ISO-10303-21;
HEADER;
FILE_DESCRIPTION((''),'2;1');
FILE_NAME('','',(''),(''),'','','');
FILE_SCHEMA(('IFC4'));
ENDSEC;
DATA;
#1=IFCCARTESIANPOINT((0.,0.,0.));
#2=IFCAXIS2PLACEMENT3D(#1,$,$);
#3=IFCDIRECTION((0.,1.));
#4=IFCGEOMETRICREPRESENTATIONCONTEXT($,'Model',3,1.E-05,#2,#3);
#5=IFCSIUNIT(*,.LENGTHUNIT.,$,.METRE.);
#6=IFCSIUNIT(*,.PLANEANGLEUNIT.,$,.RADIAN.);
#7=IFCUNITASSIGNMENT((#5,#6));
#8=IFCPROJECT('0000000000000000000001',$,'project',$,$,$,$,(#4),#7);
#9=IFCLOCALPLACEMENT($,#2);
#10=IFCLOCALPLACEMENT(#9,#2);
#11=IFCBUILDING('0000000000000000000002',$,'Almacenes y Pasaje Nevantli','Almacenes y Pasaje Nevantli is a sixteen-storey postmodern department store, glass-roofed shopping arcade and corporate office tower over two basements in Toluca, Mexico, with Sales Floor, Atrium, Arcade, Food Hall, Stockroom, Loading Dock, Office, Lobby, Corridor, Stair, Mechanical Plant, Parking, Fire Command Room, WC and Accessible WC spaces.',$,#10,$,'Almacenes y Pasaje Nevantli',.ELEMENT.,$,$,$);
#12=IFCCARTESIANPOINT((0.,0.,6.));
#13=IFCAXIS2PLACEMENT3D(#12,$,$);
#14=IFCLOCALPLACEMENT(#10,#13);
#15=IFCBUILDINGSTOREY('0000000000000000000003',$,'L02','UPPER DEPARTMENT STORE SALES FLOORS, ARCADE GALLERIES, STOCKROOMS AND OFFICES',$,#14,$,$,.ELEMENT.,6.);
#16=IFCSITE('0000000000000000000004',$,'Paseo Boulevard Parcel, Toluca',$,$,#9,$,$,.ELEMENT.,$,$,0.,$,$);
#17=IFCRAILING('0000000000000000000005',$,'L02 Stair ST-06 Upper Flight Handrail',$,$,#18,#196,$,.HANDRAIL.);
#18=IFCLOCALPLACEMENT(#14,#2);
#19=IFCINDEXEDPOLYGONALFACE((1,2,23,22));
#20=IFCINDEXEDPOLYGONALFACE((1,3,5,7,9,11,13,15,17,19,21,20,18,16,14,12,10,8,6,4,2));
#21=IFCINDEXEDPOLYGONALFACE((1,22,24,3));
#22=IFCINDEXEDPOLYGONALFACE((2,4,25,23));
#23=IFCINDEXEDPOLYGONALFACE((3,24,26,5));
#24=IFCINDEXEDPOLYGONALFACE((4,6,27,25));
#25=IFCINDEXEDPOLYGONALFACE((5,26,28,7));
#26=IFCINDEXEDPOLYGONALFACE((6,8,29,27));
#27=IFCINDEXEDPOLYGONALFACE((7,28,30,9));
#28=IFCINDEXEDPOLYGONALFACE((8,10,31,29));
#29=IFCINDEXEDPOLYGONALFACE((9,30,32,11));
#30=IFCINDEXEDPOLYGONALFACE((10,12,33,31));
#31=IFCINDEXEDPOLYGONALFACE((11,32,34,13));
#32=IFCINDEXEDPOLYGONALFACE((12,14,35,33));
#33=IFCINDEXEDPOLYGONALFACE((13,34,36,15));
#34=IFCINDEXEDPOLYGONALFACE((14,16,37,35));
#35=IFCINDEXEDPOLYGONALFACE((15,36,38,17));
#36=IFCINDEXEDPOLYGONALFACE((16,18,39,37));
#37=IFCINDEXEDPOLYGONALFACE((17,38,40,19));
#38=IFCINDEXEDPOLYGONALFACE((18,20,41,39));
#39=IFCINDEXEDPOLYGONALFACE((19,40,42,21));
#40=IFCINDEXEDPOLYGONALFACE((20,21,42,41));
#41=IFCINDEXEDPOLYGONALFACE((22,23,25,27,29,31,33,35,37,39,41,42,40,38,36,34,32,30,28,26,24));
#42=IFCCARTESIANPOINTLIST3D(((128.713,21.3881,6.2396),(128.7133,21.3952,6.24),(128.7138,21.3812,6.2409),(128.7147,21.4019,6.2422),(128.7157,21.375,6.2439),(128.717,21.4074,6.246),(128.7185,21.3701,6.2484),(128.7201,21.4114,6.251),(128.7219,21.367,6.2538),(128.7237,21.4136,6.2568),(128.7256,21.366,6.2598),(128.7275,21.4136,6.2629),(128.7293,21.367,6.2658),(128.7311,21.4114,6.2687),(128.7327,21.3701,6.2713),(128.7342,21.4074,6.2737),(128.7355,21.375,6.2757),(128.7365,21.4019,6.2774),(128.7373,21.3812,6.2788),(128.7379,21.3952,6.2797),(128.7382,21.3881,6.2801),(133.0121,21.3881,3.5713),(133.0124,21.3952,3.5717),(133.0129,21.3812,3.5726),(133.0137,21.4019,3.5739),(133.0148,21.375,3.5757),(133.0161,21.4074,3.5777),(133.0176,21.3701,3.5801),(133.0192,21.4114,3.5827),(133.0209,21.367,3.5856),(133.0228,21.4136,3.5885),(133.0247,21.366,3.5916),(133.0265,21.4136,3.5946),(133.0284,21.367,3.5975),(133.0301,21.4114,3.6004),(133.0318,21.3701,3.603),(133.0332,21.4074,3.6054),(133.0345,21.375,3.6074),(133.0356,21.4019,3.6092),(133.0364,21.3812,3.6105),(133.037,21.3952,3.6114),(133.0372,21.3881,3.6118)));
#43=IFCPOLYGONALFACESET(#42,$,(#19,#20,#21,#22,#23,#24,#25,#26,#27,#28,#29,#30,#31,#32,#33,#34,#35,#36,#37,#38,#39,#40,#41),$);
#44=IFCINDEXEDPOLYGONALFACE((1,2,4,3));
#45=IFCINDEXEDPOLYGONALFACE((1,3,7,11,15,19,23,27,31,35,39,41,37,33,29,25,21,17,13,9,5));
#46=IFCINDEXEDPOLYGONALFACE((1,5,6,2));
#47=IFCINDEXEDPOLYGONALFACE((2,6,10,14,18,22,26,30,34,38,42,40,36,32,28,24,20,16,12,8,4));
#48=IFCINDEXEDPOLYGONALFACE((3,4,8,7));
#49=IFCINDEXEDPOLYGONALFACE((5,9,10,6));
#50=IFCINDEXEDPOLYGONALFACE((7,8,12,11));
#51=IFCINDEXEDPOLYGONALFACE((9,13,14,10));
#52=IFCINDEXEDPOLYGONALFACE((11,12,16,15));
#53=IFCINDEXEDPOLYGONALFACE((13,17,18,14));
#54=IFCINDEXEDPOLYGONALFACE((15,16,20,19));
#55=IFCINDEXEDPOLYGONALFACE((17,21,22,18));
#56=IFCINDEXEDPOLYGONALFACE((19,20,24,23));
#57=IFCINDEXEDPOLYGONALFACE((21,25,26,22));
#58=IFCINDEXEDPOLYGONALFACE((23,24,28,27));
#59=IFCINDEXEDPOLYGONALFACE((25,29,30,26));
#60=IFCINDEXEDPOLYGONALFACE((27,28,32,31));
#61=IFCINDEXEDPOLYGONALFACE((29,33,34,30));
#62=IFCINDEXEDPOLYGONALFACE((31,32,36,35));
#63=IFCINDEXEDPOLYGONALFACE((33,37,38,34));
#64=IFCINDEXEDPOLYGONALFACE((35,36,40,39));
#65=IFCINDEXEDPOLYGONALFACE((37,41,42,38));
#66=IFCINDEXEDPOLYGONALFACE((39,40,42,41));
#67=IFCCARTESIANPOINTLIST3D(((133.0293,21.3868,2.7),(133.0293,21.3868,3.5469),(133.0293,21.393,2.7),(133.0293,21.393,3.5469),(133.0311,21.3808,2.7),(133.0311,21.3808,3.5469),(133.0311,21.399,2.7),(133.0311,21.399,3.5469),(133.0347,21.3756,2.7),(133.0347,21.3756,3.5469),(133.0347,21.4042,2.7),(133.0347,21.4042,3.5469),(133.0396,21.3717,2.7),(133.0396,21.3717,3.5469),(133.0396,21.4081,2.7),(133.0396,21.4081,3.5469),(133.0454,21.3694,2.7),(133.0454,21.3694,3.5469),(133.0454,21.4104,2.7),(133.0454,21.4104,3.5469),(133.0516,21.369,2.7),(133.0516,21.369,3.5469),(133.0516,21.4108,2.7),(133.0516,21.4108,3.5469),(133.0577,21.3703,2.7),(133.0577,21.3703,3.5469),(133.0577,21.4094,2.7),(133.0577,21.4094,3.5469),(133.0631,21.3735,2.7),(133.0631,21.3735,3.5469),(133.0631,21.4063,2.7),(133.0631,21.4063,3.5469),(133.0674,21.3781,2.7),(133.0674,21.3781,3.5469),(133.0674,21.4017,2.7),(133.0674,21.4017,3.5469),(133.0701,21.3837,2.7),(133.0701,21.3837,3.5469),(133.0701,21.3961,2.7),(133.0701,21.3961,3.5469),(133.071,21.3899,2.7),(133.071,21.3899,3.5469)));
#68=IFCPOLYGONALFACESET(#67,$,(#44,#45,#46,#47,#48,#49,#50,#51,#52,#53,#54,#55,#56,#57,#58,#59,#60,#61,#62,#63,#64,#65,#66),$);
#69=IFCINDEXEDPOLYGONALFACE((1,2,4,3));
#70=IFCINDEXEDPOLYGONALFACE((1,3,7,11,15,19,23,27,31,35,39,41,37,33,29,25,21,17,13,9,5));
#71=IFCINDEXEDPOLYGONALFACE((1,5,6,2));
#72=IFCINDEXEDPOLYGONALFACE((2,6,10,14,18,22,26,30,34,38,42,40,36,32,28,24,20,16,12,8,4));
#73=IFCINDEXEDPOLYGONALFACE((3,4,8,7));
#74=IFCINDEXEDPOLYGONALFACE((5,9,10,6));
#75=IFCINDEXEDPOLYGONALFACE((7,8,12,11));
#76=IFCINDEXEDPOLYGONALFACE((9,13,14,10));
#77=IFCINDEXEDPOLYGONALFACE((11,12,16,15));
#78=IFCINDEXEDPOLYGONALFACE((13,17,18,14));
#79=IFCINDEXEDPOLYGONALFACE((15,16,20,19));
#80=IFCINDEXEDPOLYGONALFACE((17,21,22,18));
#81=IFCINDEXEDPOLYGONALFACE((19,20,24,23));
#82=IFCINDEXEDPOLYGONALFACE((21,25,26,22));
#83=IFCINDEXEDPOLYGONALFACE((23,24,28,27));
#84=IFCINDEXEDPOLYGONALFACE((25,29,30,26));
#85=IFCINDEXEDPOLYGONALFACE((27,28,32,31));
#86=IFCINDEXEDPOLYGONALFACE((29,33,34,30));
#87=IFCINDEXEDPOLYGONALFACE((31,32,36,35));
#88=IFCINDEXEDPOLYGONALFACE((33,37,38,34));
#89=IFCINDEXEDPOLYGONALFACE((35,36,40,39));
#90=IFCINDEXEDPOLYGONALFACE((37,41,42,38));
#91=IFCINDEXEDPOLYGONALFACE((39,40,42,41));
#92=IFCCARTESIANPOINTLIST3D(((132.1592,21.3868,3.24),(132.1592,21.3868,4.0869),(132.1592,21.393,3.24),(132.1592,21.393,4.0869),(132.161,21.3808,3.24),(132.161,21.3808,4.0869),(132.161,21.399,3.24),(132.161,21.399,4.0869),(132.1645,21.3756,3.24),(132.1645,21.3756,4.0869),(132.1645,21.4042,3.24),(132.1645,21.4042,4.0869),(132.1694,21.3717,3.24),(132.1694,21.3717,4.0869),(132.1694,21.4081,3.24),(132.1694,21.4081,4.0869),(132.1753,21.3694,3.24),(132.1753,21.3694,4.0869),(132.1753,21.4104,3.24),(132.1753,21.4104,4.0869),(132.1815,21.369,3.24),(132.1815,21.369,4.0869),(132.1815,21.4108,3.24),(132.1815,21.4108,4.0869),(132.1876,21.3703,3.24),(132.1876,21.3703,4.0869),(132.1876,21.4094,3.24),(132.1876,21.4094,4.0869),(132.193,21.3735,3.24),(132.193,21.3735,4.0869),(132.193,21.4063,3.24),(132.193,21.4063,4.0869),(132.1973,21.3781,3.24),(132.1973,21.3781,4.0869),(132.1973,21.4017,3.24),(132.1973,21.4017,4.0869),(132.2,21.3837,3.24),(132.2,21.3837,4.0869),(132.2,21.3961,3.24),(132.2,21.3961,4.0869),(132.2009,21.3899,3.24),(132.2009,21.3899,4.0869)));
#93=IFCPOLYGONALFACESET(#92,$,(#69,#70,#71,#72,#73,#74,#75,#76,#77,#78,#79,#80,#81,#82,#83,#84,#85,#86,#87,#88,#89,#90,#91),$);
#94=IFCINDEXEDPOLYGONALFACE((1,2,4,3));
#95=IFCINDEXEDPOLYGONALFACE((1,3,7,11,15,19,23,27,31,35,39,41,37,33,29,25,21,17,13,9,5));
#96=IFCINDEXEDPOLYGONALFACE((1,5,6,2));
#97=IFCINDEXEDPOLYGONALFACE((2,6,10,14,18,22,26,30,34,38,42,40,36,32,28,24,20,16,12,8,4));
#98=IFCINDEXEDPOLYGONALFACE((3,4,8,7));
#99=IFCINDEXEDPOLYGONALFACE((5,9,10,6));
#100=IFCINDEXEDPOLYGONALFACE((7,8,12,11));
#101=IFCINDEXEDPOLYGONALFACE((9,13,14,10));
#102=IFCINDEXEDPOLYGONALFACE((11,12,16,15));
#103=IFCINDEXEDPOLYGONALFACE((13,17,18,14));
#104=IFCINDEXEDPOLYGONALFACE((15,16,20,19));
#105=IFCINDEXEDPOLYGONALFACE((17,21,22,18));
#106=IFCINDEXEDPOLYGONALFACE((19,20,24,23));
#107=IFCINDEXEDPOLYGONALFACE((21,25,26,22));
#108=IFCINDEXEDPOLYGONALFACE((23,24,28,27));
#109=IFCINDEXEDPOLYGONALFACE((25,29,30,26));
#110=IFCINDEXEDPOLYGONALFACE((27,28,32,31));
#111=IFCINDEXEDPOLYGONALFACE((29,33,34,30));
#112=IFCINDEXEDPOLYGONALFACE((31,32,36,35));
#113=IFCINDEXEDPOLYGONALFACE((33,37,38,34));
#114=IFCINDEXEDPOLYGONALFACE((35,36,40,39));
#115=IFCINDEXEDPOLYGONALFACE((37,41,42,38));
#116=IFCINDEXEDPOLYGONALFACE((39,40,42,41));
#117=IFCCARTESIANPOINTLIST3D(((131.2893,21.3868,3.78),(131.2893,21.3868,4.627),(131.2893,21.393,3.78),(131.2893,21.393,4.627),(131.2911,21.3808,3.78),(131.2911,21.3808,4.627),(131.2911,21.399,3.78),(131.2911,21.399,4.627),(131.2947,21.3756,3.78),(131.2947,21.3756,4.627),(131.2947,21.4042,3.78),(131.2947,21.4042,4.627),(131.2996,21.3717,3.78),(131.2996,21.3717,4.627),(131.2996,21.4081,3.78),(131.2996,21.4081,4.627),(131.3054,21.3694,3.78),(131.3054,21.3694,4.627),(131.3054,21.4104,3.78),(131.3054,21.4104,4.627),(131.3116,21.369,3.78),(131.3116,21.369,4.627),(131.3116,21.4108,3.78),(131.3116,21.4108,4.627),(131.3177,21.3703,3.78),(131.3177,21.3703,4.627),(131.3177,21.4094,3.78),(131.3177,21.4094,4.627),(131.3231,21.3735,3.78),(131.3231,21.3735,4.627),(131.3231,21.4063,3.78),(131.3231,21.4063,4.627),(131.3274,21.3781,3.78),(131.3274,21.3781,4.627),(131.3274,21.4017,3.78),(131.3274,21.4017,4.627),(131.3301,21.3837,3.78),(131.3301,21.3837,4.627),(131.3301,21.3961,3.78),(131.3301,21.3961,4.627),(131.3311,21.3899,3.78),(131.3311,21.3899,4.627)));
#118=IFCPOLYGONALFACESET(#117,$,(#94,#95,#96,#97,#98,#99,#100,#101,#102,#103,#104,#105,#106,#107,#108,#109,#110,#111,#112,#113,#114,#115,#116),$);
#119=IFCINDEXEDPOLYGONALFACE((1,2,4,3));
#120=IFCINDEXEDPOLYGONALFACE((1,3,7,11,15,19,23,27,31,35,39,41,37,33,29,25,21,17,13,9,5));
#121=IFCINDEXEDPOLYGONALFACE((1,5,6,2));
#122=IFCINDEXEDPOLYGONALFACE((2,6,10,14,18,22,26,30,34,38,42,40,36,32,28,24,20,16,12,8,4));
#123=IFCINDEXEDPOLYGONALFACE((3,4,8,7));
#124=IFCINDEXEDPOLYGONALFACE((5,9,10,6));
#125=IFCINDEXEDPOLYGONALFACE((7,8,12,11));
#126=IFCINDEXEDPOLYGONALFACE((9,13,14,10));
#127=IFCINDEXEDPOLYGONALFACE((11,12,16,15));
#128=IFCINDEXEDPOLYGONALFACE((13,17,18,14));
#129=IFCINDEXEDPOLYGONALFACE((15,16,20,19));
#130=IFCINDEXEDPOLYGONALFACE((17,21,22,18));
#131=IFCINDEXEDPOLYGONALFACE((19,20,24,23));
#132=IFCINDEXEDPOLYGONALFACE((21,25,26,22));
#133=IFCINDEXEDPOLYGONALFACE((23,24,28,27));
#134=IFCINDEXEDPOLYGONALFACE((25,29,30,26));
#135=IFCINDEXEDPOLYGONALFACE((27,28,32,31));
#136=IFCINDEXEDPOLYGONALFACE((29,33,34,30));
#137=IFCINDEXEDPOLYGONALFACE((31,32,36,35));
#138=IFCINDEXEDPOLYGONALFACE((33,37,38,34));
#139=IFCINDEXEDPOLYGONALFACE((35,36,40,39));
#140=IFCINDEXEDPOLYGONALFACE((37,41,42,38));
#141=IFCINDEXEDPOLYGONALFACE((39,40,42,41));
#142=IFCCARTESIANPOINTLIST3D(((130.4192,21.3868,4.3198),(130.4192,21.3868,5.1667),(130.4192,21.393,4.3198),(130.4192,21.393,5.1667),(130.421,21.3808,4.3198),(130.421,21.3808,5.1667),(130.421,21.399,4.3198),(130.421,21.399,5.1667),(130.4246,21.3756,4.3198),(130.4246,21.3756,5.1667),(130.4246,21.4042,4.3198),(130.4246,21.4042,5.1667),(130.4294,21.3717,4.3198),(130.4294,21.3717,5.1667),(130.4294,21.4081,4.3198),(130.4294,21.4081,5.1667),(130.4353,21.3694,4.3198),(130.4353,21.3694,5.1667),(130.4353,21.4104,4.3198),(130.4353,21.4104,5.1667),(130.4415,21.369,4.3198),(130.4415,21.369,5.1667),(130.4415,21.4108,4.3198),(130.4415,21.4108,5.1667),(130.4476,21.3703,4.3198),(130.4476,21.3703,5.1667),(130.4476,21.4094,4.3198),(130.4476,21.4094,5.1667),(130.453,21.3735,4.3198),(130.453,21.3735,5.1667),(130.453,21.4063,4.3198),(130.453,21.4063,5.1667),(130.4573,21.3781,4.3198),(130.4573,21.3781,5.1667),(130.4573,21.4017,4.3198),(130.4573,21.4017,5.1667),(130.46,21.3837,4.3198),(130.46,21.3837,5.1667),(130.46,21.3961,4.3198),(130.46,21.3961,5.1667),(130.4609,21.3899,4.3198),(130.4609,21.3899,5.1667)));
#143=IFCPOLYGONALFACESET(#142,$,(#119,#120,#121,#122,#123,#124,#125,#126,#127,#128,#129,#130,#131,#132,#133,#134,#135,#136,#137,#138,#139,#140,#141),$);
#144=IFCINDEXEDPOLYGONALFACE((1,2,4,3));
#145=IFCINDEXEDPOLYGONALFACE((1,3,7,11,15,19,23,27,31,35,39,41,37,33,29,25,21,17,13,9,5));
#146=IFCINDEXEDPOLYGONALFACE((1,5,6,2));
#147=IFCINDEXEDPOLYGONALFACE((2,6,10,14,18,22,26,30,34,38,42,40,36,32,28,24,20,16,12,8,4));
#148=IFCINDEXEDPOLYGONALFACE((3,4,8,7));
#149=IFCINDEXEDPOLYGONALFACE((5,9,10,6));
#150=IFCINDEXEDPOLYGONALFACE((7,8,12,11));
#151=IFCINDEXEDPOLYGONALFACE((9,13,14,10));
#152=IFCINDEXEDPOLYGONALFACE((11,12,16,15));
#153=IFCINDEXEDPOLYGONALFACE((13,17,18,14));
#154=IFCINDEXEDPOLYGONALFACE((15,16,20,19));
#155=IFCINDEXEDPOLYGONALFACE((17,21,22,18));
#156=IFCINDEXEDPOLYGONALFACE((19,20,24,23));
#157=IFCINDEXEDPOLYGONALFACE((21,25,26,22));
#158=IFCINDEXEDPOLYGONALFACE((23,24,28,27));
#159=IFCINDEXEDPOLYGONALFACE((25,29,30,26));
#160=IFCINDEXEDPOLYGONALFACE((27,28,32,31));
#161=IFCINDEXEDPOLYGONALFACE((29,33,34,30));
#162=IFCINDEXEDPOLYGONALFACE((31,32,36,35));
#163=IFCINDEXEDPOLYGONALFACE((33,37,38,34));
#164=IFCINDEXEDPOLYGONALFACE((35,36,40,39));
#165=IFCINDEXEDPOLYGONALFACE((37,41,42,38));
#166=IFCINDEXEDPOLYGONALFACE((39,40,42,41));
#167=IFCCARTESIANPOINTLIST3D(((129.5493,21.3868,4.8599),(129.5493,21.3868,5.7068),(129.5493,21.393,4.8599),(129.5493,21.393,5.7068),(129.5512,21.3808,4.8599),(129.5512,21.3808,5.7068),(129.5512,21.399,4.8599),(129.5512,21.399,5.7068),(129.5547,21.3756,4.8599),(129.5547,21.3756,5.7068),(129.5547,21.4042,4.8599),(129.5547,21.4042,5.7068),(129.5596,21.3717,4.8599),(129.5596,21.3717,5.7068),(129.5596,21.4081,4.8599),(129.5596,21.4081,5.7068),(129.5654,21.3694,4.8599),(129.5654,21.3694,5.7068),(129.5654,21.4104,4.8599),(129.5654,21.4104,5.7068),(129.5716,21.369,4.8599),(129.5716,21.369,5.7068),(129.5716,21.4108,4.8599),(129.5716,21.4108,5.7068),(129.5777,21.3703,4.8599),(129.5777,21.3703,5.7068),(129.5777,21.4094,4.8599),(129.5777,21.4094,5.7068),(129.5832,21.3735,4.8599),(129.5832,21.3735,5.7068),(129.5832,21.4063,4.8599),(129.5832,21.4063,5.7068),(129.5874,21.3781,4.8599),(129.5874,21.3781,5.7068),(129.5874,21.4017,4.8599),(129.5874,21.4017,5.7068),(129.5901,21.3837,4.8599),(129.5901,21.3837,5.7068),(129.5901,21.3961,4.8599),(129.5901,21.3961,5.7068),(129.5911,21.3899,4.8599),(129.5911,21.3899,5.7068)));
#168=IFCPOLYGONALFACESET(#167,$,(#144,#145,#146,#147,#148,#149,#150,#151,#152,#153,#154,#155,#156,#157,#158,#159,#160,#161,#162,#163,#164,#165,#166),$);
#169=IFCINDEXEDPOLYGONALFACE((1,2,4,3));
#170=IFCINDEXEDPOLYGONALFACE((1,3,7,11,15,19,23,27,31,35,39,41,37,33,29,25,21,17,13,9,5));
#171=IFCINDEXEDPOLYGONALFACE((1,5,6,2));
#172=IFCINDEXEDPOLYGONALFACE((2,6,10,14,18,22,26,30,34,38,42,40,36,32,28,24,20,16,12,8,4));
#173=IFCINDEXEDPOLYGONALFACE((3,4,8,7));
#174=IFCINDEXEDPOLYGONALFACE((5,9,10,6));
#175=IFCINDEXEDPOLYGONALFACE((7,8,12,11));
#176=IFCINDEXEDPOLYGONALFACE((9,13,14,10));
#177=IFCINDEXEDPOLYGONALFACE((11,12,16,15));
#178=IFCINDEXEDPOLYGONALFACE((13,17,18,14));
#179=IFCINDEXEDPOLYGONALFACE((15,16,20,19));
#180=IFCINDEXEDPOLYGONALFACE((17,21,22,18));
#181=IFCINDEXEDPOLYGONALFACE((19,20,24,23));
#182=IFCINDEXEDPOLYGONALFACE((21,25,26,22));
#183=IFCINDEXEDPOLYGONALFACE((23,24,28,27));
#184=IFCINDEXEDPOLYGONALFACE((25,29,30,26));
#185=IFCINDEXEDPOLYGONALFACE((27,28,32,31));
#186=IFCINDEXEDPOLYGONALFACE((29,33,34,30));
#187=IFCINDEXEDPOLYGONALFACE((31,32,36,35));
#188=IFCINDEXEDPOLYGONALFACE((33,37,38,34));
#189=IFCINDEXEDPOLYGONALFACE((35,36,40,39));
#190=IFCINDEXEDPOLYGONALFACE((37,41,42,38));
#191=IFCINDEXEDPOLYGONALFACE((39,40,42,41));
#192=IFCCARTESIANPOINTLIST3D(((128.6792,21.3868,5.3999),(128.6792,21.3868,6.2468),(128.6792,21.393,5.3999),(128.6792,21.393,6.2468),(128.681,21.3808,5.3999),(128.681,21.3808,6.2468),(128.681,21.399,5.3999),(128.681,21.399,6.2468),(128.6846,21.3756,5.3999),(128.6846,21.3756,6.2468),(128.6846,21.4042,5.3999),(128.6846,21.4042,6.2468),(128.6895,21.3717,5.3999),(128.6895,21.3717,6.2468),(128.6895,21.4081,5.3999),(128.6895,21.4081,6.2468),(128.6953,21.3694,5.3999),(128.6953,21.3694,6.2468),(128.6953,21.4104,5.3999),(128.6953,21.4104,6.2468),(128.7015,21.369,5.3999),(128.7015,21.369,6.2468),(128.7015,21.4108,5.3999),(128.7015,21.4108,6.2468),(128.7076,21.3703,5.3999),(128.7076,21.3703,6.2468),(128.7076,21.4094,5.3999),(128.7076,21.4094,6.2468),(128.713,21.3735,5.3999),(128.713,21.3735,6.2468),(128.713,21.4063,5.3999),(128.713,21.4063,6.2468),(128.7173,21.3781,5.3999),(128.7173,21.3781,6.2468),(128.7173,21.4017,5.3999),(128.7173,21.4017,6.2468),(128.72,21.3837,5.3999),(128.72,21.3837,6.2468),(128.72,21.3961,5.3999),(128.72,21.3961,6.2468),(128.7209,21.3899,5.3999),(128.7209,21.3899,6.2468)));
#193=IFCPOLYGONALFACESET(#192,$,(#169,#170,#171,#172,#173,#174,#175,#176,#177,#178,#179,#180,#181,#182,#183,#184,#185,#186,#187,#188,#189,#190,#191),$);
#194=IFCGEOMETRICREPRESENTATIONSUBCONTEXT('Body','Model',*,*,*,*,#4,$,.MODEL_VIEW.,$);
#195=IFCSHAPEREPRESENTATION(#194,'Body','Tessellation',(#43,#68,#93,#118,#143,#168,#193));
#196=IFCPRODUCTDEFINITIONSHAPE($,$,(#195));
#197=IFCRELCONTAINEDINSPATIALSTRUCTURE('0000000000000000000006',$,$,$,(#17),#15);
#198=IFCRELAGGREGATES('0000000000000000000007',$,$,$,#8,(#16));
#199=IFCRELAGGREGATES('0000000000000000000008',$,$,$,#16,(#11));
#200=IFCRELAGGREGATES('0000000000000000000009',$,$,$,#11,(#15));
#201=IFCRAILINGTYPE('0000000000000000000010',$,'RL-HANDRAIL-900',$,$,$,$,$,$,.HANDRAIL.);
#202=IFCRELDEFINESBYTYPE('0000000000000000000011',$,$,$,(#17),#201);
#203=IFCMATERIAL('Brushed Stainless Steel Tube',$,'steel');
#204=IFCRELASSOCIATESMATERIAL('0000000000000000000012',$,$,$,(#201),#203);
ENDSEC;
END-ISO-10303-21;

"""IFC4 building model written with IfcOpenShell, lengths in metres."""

from ifc_helpers import new_model, si_unit, direction, frame, origin, origin_2d, place, context, subcontext, project, spatial, circle, extrude, material, type_object, element, save


model = new_model("IFC4")

# Units and contexts
model_context = context("Model", 3, precision=1e-05, world=origin(), true_north=direction((0.0, 1.0)))
body_context = subcontext(model_context, "Body", "Model", "MODEL_VIEW")
ifc_project = project(units=[si_unit("LENGTHUNIT", "METRE"), si_unit("PLANEANGLEUNIT", "RADIAN")], contexts=[model_context])

# Site, building, storey
site_placement = place(None, origin())
site = spatial("IfcSite", under=ifc_project, at=site_placement, Name="Paseo Boulevard Parcel, Toluca", CompositionType="ELEMENT", RefElevation=0.0)
building_placement = place(site_placement, origin())
building = spatial("IfcBuilding", under=site, at=building_placement, Name="Almacenes y Pasaje Nevantli", Description="Almacenes y Pasaje Nevantli is a sixteen-storey postmodern department store, glass-roofed shopping arcade and corporate office tower over two basements in Toluca, Mexico, with Sales Floor, Atrium, Arcade, Food Hall, Stockroom, Loading Dock, Office, Lobby, Corridor, Stair, Mechanical Plant, Parking, Fire Command Room, WC and Accessible WC spaces.", LongName="Almacenes y Pasaje Nevantli", CompositionType="ELEMENT")
storey_placement = place(building_placement, frame((0.0, 0.0, 6.0)))
storey = spatial("IfcBuildingStorey", under=building, at=storey_placement, Name="L02", Description="UPPER DEPARTMENT STORE SALES FLOORS, ARCADE GALLERIES, STOCKROOMS AND OFFICES", CompositionType="ELEMENT", Elevation=6.0)

# Railing
ifc_material_1 = material(Name="Brushed Stainless Steel Tube", Category="steel")
railing_type_1 = type_object("IfcRailingType", Name="RL-HANDRAIL-900", PredefinedType="HANDRAIL", material=ifc_material_1)
railing_1_placement = place(storey_placement, frame((133.05, 21.3899, 2.7)))
element("IfcRailing", 1, at=railing_1_placement, inside=storey, type_object=railing_type_1, Name="L02 Stair ST-06 Upper Flight Handrail", PredefinedType="HANDRAIL", context=body_context, shape_type="SweptSolid", body=[
    extrude(circle(Radius=0.0239, at=origin_2d()), frame((-0.0254, 0.0, 0.8916), z_axis=(-0.84965, 0.0, 0.527347), x_axis=(0.0, -1.0, 0.0)), (0.0, 0.0, 1.0), 5.0598),
    extrude(circle(Radius=0.021, at=origin_2d()), origin(), (0.0, 0.0, 1.0), 0.8469),
    extrude(circle(Radius=0.021, at=origin_2d()), frame((-0.8701, 0.0, 0.54)), (0.0, 0.0, 1.0), 0.8469),
    extrude(circle(Radius=0.021, at=origin_2d()), frame((-1.74, 0.0, 1.0801)), (0.0, 0.0, 1.0), 0.8469),
    extrude(circle(Radius=0.021, at=origin_2d()), frame((-2.6101, 0.0, 1.6199)), (0.0, 0.0, 1.0), 0.8469),
    extrude(circle(Radius=0.021, at=origin_2d()), frame((-3.48, 0.0, 2.1599)), (0.0, 0.0, 1.0), 0.8469),
    extrude(circle(Radius=0.021, at=origin_2d()), frame((-4.3501, 0.0, 2.7)), (0.0, 0.0, 1.0), 0.8469),
])

save(model, "model.ifc")
